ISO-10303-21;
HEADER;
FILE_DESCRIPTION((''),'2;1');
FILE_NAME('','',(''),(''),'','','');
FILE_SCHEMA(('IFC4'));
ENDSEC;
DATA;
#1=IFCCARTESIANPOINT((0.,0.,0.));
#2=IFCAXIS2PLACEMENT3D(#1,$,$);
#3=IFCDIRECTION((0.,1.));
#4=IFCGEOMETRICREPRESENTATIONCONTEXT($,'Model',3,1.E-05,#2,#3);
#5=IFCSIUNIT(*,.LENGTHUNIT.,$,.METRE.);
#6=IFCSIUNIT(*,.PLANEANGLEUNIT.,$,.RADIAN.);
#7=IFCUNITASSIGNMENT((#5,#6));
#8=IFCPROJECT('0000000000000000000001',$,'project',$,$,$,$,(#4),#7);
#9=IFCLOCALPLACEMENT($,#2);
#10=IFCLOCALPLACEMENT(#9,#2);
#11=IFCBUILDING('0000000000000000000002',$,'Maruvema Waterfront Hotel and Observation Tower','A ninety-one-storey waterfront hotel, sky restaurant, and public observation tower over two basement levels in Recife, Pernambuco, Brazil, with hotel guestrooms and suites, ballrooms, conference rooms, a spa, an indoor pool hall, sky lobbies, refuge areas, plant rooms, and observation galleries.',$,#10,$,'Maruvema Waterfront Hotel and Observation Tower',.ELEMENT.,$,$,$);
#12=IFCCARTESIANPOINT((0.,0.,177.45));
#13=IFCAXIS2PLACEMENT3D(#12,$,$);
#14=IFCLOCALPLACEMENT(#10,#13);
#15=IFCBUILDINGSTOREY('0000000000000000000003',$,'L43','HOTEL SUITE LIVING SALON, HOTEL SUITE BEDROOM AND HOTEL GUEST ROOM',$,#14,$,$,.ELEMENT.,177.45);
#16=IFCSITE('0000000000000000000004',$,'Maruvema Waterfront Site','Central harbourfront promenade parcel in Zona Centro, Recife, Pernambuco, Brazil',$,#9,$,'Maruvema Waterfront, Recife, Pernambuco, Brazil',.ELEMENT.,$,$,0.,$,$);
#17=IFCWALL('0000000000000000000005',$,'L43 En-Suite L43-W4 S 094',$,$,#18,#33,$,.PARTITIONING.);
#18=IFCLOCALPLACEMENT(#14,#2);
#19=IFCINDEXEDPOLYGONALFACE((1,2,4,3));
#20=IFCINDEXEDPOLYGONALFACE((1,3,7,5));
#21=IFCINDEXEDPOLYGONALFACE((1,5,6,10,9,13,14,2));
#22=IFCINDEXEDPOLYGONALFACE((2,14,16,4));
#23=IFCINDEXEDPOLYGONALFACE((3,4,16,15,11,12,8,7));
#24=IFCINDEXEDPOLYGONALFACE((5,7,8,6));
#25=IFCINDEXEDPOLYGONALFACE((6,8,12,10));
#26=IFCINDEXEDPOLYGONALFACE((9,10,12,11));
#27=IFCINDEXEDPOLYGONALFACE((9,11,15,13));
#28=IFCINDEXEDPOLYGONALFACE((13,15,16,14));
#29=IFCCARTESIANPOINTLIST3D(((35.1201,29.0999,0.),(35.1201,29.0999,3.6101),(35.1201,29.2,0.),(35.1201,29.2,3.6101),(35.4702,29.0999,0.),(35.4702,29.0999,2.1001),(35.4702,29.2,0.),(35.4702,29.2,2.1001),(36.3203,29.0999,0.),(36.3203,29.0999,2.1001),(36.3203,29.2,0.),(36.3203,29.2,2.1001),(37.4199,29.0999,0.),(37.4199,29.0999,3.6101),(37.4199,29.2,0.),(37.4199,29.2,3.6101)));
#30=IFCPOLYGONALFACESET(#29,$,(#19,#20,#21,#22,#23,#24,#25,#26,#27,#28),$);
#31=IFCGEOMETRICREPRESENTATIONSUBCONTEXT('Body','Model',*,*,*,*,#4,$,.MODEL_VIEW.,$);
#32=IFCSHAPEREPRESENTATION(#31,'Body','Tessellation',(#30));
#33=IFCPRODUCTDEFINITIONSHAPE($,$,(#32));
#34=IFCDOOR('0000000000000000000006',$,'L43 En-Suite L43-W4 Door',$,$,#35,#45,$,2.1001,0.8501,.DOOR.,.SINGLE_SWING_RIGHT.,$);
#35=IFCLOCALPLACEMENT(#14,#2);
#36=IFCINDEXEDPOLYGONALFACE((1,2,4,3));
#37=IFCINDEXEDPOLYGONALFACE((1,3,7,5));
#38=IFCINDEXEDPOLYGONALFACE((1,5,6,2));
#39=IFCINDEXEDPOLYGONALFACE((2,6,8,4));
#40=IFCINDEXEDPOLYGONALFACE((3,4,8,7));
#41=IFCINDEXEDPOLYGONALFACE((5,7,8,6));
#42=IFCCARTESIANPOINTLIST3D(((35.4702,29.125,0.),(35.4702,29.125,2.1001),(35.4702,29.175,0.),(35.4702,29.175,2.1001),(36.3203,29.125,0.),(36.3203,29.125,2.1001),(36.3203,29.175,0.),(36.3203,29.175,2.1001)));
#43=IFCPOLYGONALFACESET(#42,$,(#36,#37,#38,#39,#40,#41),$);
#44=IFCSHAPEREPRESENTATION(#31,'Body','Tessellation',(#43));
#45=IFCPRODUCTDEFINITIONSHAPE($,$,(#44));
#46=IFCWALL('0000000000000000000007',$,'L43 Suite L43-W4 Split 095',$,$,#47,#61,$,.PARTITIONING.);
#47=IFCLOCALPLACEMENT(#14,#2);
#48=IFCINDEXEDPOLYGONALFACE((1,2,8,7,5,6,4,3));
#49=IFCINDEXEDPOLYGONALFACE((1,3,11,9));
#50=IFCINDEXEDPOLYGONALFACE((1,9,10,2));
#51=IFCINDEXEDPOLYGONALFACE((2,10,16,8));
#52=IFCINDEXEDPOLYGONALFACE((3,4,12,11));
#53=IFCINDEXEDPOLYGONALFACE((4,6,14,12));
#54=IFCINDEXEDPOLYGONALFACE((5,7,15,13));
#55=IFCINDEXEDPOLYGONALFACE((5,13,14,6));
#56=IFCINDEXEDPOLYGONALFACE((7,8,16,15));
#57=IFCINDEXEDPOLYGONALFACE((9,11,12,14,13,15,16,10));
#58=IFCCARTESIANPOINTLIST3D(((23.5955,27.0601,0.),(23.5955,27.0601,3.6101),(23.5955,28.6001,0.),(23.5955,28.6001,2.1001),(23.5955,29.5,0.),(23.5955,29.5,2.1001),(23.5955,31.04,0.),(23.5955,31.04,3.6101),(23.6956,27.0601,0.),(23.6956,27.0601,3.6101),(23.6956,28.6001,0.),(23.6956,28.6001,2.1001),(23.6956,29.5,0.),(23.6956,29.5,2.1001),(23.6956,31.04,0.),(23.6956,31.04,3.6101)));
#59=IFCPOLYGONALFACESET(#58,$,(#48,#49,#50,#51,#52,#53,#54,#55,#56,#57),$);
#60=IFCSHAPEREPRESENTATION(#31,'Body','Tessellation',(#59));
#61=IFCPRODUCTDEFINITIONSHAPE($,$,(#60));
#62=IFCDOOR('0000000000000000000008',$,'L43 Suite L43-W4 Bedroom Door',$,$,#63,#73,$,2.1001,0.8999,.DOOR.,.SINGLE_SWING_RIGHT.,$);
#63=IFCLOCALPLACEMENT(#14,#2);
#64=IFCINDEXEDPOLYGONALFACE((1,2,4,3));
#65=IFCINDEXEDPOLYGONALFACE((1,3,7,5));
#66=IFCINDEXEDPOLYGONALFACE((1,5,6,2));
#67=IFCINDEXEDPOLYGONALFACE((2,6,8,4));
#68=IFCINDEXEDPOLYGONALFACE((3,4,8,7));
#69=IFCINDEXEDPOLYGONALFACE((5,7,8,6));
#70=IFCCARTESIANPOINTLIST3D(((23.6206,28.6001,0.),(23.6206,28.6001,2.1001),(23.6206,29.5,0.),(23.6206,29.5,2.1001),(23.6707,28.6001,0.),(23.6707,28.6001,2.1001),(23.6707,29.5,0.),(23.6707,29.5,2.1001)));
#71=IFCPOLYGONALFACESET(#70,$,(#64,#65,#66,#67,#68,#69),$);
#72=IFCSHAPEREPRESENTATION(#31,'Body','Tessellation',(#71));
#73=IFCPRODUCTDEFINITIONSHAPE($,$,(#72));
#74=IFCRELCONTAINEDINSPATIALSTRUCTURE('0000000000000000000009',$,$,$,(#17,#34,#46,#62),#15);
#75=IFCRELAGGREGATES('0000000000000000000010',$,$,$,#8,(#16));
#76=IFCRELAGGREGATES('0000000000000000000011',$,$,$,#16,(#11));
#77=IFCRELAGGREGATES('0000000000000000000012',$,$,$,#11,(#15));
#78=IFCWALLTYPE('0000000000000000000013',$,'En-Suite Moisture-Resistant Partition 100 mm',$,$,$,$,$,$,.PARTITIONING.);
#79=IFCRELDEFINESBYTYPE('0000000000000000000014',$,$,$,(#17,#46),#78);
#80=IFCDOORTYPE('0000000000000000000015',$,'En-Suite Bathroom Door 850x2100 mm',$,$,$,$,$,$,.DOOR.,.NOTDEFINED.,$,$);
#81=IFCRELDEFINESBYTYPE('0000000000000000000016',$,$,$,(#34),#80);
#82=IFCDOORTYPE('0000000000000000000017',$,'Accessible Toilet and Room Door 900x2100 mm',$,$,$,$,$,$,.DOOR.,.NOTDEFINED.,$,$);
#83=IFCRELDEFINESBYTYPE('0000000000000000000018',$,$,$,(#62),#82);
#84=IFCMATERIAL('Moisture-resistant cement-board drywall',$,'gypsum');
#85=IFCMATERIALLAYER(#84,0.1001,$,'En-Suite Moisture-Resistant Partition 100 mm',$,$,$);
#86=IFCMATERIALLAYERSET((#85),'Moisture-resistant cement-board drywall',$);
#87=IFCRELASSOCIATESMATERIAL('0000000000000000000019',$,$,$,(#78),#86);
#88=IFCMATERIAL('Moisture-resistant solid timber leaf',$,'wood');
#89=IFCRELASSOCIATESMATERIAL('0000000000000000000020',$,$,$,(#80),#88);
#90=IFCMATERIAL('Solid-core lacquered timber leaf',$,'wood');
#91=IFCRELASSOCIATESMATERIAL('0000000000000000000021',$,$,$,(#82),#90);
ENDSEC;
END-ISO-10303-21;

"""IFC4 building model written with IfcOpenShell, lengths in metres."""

from ifc_helpers import new_model, si_unit, direction, frame, frame_2d, origin, place, context, subcontext, project, spatial, rectangle, extrude, material, layer, layer_set, type_object, element, fill, save


model = new_model("IFC4")

# Units and contexts
model_context = context("Model", 3, precision=1e-05, world=origin(), true_north=direction((0.0, 1.0)))
body_context = subcontext(model_context, "Body", "Model", "MODEL_VIEW")
ifc_project = project(units=[si_unit("LENGTHUNIT", "METRE"), si_unit("PLANEANGLEUNIT", "RADIAN")], contexts=[model_context])

# Site, building, storey
site_placement = place(None, origin())
site = spatial("IfcSite", under=ifc_project, at=site_placement, Name="Maruvema Waterfront Site", Description="Central harbourfront promenade parcel in Zona Centro, Recife, Pernambuco, Brazil", LongName="Maruvema Waterfront, Recife, Pernambuco, Brazil", CompositionType="ELEMENT", RefElevation=0.0)
building_placement = place(site_placement, origin())
building = spatial("IfcBuilding", under=site, at=building_placement, Name="Maruvema Waterfront Hotel and Observation Tower", Description="A ninety-one-storey waterfront hotel, sky restaurant, and public observation tower over two basement levels in Recife, Pernambuco, Brazil, with hotel guestrooms and suites, ballrooms, conference rooms, a spa, an indoor pool hall, sky lobbies, refuge areas, plant rooms, and observation galleries.", LongName="Maruvema Waterfront Hotel and Observation Tower", CompositionType="ELEMENT")
storey_placement = place(building_placement, frame((0.0, 0.0, 177.45)))
storey = spatial("IfcBuildingStorey", under=building, at=storey_placement, Name="L43", Description="HOTEL SUITE LIVING SALON, HOTEL SUITE BEDROOM AND HOTEL GUEST ROOM", CompositionType="ELEMENT", Elevation=177.45)

# Shared definitions
ifc_material_1 = material(Name="Moisture-resistant cement-board drywall", Category="gypsum")
ifc_layer_1 = layer(ifc_material_1, 0.1001, Name="En-Suite Moisture-Resistant Partition 100 mm")
ifc_layer_set_1 = layer_set([ifc_layer_1], Name="Moisture-resistant cement-board drywall")
wall_type = type_object("IfcWallType", Name="En-Suite Moisture-Resistant Partition 100 mm", PredefinedType="PARTITIONING", material=ifc_layer_set_1)

# Shared definitions
ifc_material_2 = material(Name="Moisture-resistant solid timber leaf", Category="wood")
door_type_1 = type_object("IfcDoorType", Name="En-Suite Bathroom Door 850x2100 mm", OperationType="NOTDEFINED", PredefinedType="DOOR", material=ifc_material_2)
ifc_material_3 = material(Name="Solid-core lacquered timber leaf", Category="wood")
door_type_2 = type_object("IfcDoorType", Name="Accessible Toilet and Room Door 900x2100 mm", OperationType="NOTDEFINED", PredefinedType="DOOR", material=ifc_material_3)

# Walls, openings, doors
wall_1_placement = place(storey_placement, frame((35.1201, 29.1499, 0.0), z_axis=(0.0, 0.0, 1.0), x_axis=(1.0, 0.0, 0.0)))
wall_1 = element("IfcWall", 1, at=wall_1_placement, inside=storey, type_object=wall_type, Name="L43 En-Suite L43-W4 S 094", PredefinedType="PARTITIONING", context=body_context, shape_type="SweptSolid", body=[
    extrude(rectangle(XDim=2.2998, YDim=0.1001, at=frame_2d((1.1499, 0.0))), origin(), (0.0, 0.0, 1.0), 3.6101),
])
opening_1_placement = place(wall_1_placement, frame((0.3501, 0.0, 0.0)))
opening_1 = element("IfcOpeningElement", 2, at=opening_1_placement, cuts=wall_1, PredefinedType="OPENING", context=body_context, shape_type="SweptSolid", body=[
    extrude(rectangle(XDim=0.8501, YDim=2.1001, at=frame_2d((0.425, 1.05))), frame((0.0, 0.0601, 0.0), z_axis=(0.0, -1.0, 0.0), x_axis=(1.0, 0.0, 0.0)), (0.0, 0.0, 1.0), 0.1201),
])
door_1_placement = place(opening_1_placement, frame((0.8501, 0.0, 0.0), z_axis=(0.0, 0.0, 1.0), x_axis=(-1.0, 0.0, 0.0)))
door_1 = element("IfcDoor", 3, at=door_1_placement, inside=storey, type_object=door_type_1, Name="L43 En-Suite L43-W4 Door", OperationType="SINGLE_SWING_RIGHT", OverallHeight=2.1001, OverallWidth=0.8501, PredefinedType="DOOR", context=body_context, shape_type="SweptSolid", body=[
    extrude(rectangle(XDim=0.8501, YDim=2.1001, at=frame_2d((0.425, 1.05))), frame((0.0, 0.0249, 0.0), z_axis=(0.0, -1.0, 0.0), x_axis=(1.0, 0.0, 0.0)), (0.0, 0.0, 1.0), 0.05),
])
fill(opening_1, door_1)
wall_2_placement = place(storey_placement, frame((23.6455, 27.0601, 0.0), z_axis=(0.0, 0.0, 1.0), x_axis=(0.0, 1.0, 0.0)))
wall_2 = element("IfcWall", 4, at=wall_2_placement, inside=storey, type_object=wall_type, Name="L43 Suite L43-W4 Split 095", PredefinedType="PARTITIONING", context=body_context, shape_type="SweptSolid", body=[
    extrude(rectangle(XDim=3.98, YDim=0.1001, at=frame_2d((1.99, 0.0))), origin(), (0.0, 0.0, 1.0), 3.6101),
])
opening_2_placement = place(wall_2_placement, frame((1.54, 0.0, 0.0)))
opening_2 = element("IfcOpeningElement", 5, at=opening_2_placement, cuts=wall_2, PredefinedType="OPENING", context=body_context, shape_type="SweptSolid", body=[
    extrude(rectangle(XDim=0.8999, YDim=2.1001, at=frame_2d((0.45, 1.05))), frame((0.0, 0.0601, 0.0), z_axis=(0.0, -1.0, 0.0), x_axis=(1.0, 0.0, 0.0)), (0.0, 0.0, 1.0), 0.1201),
])
door_2_placement = place(opening_2_placement, origin())
door_2 = element("IfcDoor", 6, at=door_2_placement, inside=storey, type_object=door_type_2, Name="L43 Suite L43-W4 Bedroom Door", OperationType="SINGLE_SWING_RIGHT", OverallHeight=2.1001, OverallWidth=0.8999, PredefinedType="DOOR", context=body_context, shape_type="SweptSolid", body=[
    extrude(rectangle(XDim=0.8999, YDim=2.1001, at=frame_2d((0.45, 1.05))), frame((0.0, 0.0249, 0.0), z_axis=(0.0, -1.0, 0.0), x_axis=(1.0, 0.0, 0.0)), (0.0, 0.0, 1.0), 0.05),
])
fill(opening_2, door_2)

save(model, "model.ifc")
